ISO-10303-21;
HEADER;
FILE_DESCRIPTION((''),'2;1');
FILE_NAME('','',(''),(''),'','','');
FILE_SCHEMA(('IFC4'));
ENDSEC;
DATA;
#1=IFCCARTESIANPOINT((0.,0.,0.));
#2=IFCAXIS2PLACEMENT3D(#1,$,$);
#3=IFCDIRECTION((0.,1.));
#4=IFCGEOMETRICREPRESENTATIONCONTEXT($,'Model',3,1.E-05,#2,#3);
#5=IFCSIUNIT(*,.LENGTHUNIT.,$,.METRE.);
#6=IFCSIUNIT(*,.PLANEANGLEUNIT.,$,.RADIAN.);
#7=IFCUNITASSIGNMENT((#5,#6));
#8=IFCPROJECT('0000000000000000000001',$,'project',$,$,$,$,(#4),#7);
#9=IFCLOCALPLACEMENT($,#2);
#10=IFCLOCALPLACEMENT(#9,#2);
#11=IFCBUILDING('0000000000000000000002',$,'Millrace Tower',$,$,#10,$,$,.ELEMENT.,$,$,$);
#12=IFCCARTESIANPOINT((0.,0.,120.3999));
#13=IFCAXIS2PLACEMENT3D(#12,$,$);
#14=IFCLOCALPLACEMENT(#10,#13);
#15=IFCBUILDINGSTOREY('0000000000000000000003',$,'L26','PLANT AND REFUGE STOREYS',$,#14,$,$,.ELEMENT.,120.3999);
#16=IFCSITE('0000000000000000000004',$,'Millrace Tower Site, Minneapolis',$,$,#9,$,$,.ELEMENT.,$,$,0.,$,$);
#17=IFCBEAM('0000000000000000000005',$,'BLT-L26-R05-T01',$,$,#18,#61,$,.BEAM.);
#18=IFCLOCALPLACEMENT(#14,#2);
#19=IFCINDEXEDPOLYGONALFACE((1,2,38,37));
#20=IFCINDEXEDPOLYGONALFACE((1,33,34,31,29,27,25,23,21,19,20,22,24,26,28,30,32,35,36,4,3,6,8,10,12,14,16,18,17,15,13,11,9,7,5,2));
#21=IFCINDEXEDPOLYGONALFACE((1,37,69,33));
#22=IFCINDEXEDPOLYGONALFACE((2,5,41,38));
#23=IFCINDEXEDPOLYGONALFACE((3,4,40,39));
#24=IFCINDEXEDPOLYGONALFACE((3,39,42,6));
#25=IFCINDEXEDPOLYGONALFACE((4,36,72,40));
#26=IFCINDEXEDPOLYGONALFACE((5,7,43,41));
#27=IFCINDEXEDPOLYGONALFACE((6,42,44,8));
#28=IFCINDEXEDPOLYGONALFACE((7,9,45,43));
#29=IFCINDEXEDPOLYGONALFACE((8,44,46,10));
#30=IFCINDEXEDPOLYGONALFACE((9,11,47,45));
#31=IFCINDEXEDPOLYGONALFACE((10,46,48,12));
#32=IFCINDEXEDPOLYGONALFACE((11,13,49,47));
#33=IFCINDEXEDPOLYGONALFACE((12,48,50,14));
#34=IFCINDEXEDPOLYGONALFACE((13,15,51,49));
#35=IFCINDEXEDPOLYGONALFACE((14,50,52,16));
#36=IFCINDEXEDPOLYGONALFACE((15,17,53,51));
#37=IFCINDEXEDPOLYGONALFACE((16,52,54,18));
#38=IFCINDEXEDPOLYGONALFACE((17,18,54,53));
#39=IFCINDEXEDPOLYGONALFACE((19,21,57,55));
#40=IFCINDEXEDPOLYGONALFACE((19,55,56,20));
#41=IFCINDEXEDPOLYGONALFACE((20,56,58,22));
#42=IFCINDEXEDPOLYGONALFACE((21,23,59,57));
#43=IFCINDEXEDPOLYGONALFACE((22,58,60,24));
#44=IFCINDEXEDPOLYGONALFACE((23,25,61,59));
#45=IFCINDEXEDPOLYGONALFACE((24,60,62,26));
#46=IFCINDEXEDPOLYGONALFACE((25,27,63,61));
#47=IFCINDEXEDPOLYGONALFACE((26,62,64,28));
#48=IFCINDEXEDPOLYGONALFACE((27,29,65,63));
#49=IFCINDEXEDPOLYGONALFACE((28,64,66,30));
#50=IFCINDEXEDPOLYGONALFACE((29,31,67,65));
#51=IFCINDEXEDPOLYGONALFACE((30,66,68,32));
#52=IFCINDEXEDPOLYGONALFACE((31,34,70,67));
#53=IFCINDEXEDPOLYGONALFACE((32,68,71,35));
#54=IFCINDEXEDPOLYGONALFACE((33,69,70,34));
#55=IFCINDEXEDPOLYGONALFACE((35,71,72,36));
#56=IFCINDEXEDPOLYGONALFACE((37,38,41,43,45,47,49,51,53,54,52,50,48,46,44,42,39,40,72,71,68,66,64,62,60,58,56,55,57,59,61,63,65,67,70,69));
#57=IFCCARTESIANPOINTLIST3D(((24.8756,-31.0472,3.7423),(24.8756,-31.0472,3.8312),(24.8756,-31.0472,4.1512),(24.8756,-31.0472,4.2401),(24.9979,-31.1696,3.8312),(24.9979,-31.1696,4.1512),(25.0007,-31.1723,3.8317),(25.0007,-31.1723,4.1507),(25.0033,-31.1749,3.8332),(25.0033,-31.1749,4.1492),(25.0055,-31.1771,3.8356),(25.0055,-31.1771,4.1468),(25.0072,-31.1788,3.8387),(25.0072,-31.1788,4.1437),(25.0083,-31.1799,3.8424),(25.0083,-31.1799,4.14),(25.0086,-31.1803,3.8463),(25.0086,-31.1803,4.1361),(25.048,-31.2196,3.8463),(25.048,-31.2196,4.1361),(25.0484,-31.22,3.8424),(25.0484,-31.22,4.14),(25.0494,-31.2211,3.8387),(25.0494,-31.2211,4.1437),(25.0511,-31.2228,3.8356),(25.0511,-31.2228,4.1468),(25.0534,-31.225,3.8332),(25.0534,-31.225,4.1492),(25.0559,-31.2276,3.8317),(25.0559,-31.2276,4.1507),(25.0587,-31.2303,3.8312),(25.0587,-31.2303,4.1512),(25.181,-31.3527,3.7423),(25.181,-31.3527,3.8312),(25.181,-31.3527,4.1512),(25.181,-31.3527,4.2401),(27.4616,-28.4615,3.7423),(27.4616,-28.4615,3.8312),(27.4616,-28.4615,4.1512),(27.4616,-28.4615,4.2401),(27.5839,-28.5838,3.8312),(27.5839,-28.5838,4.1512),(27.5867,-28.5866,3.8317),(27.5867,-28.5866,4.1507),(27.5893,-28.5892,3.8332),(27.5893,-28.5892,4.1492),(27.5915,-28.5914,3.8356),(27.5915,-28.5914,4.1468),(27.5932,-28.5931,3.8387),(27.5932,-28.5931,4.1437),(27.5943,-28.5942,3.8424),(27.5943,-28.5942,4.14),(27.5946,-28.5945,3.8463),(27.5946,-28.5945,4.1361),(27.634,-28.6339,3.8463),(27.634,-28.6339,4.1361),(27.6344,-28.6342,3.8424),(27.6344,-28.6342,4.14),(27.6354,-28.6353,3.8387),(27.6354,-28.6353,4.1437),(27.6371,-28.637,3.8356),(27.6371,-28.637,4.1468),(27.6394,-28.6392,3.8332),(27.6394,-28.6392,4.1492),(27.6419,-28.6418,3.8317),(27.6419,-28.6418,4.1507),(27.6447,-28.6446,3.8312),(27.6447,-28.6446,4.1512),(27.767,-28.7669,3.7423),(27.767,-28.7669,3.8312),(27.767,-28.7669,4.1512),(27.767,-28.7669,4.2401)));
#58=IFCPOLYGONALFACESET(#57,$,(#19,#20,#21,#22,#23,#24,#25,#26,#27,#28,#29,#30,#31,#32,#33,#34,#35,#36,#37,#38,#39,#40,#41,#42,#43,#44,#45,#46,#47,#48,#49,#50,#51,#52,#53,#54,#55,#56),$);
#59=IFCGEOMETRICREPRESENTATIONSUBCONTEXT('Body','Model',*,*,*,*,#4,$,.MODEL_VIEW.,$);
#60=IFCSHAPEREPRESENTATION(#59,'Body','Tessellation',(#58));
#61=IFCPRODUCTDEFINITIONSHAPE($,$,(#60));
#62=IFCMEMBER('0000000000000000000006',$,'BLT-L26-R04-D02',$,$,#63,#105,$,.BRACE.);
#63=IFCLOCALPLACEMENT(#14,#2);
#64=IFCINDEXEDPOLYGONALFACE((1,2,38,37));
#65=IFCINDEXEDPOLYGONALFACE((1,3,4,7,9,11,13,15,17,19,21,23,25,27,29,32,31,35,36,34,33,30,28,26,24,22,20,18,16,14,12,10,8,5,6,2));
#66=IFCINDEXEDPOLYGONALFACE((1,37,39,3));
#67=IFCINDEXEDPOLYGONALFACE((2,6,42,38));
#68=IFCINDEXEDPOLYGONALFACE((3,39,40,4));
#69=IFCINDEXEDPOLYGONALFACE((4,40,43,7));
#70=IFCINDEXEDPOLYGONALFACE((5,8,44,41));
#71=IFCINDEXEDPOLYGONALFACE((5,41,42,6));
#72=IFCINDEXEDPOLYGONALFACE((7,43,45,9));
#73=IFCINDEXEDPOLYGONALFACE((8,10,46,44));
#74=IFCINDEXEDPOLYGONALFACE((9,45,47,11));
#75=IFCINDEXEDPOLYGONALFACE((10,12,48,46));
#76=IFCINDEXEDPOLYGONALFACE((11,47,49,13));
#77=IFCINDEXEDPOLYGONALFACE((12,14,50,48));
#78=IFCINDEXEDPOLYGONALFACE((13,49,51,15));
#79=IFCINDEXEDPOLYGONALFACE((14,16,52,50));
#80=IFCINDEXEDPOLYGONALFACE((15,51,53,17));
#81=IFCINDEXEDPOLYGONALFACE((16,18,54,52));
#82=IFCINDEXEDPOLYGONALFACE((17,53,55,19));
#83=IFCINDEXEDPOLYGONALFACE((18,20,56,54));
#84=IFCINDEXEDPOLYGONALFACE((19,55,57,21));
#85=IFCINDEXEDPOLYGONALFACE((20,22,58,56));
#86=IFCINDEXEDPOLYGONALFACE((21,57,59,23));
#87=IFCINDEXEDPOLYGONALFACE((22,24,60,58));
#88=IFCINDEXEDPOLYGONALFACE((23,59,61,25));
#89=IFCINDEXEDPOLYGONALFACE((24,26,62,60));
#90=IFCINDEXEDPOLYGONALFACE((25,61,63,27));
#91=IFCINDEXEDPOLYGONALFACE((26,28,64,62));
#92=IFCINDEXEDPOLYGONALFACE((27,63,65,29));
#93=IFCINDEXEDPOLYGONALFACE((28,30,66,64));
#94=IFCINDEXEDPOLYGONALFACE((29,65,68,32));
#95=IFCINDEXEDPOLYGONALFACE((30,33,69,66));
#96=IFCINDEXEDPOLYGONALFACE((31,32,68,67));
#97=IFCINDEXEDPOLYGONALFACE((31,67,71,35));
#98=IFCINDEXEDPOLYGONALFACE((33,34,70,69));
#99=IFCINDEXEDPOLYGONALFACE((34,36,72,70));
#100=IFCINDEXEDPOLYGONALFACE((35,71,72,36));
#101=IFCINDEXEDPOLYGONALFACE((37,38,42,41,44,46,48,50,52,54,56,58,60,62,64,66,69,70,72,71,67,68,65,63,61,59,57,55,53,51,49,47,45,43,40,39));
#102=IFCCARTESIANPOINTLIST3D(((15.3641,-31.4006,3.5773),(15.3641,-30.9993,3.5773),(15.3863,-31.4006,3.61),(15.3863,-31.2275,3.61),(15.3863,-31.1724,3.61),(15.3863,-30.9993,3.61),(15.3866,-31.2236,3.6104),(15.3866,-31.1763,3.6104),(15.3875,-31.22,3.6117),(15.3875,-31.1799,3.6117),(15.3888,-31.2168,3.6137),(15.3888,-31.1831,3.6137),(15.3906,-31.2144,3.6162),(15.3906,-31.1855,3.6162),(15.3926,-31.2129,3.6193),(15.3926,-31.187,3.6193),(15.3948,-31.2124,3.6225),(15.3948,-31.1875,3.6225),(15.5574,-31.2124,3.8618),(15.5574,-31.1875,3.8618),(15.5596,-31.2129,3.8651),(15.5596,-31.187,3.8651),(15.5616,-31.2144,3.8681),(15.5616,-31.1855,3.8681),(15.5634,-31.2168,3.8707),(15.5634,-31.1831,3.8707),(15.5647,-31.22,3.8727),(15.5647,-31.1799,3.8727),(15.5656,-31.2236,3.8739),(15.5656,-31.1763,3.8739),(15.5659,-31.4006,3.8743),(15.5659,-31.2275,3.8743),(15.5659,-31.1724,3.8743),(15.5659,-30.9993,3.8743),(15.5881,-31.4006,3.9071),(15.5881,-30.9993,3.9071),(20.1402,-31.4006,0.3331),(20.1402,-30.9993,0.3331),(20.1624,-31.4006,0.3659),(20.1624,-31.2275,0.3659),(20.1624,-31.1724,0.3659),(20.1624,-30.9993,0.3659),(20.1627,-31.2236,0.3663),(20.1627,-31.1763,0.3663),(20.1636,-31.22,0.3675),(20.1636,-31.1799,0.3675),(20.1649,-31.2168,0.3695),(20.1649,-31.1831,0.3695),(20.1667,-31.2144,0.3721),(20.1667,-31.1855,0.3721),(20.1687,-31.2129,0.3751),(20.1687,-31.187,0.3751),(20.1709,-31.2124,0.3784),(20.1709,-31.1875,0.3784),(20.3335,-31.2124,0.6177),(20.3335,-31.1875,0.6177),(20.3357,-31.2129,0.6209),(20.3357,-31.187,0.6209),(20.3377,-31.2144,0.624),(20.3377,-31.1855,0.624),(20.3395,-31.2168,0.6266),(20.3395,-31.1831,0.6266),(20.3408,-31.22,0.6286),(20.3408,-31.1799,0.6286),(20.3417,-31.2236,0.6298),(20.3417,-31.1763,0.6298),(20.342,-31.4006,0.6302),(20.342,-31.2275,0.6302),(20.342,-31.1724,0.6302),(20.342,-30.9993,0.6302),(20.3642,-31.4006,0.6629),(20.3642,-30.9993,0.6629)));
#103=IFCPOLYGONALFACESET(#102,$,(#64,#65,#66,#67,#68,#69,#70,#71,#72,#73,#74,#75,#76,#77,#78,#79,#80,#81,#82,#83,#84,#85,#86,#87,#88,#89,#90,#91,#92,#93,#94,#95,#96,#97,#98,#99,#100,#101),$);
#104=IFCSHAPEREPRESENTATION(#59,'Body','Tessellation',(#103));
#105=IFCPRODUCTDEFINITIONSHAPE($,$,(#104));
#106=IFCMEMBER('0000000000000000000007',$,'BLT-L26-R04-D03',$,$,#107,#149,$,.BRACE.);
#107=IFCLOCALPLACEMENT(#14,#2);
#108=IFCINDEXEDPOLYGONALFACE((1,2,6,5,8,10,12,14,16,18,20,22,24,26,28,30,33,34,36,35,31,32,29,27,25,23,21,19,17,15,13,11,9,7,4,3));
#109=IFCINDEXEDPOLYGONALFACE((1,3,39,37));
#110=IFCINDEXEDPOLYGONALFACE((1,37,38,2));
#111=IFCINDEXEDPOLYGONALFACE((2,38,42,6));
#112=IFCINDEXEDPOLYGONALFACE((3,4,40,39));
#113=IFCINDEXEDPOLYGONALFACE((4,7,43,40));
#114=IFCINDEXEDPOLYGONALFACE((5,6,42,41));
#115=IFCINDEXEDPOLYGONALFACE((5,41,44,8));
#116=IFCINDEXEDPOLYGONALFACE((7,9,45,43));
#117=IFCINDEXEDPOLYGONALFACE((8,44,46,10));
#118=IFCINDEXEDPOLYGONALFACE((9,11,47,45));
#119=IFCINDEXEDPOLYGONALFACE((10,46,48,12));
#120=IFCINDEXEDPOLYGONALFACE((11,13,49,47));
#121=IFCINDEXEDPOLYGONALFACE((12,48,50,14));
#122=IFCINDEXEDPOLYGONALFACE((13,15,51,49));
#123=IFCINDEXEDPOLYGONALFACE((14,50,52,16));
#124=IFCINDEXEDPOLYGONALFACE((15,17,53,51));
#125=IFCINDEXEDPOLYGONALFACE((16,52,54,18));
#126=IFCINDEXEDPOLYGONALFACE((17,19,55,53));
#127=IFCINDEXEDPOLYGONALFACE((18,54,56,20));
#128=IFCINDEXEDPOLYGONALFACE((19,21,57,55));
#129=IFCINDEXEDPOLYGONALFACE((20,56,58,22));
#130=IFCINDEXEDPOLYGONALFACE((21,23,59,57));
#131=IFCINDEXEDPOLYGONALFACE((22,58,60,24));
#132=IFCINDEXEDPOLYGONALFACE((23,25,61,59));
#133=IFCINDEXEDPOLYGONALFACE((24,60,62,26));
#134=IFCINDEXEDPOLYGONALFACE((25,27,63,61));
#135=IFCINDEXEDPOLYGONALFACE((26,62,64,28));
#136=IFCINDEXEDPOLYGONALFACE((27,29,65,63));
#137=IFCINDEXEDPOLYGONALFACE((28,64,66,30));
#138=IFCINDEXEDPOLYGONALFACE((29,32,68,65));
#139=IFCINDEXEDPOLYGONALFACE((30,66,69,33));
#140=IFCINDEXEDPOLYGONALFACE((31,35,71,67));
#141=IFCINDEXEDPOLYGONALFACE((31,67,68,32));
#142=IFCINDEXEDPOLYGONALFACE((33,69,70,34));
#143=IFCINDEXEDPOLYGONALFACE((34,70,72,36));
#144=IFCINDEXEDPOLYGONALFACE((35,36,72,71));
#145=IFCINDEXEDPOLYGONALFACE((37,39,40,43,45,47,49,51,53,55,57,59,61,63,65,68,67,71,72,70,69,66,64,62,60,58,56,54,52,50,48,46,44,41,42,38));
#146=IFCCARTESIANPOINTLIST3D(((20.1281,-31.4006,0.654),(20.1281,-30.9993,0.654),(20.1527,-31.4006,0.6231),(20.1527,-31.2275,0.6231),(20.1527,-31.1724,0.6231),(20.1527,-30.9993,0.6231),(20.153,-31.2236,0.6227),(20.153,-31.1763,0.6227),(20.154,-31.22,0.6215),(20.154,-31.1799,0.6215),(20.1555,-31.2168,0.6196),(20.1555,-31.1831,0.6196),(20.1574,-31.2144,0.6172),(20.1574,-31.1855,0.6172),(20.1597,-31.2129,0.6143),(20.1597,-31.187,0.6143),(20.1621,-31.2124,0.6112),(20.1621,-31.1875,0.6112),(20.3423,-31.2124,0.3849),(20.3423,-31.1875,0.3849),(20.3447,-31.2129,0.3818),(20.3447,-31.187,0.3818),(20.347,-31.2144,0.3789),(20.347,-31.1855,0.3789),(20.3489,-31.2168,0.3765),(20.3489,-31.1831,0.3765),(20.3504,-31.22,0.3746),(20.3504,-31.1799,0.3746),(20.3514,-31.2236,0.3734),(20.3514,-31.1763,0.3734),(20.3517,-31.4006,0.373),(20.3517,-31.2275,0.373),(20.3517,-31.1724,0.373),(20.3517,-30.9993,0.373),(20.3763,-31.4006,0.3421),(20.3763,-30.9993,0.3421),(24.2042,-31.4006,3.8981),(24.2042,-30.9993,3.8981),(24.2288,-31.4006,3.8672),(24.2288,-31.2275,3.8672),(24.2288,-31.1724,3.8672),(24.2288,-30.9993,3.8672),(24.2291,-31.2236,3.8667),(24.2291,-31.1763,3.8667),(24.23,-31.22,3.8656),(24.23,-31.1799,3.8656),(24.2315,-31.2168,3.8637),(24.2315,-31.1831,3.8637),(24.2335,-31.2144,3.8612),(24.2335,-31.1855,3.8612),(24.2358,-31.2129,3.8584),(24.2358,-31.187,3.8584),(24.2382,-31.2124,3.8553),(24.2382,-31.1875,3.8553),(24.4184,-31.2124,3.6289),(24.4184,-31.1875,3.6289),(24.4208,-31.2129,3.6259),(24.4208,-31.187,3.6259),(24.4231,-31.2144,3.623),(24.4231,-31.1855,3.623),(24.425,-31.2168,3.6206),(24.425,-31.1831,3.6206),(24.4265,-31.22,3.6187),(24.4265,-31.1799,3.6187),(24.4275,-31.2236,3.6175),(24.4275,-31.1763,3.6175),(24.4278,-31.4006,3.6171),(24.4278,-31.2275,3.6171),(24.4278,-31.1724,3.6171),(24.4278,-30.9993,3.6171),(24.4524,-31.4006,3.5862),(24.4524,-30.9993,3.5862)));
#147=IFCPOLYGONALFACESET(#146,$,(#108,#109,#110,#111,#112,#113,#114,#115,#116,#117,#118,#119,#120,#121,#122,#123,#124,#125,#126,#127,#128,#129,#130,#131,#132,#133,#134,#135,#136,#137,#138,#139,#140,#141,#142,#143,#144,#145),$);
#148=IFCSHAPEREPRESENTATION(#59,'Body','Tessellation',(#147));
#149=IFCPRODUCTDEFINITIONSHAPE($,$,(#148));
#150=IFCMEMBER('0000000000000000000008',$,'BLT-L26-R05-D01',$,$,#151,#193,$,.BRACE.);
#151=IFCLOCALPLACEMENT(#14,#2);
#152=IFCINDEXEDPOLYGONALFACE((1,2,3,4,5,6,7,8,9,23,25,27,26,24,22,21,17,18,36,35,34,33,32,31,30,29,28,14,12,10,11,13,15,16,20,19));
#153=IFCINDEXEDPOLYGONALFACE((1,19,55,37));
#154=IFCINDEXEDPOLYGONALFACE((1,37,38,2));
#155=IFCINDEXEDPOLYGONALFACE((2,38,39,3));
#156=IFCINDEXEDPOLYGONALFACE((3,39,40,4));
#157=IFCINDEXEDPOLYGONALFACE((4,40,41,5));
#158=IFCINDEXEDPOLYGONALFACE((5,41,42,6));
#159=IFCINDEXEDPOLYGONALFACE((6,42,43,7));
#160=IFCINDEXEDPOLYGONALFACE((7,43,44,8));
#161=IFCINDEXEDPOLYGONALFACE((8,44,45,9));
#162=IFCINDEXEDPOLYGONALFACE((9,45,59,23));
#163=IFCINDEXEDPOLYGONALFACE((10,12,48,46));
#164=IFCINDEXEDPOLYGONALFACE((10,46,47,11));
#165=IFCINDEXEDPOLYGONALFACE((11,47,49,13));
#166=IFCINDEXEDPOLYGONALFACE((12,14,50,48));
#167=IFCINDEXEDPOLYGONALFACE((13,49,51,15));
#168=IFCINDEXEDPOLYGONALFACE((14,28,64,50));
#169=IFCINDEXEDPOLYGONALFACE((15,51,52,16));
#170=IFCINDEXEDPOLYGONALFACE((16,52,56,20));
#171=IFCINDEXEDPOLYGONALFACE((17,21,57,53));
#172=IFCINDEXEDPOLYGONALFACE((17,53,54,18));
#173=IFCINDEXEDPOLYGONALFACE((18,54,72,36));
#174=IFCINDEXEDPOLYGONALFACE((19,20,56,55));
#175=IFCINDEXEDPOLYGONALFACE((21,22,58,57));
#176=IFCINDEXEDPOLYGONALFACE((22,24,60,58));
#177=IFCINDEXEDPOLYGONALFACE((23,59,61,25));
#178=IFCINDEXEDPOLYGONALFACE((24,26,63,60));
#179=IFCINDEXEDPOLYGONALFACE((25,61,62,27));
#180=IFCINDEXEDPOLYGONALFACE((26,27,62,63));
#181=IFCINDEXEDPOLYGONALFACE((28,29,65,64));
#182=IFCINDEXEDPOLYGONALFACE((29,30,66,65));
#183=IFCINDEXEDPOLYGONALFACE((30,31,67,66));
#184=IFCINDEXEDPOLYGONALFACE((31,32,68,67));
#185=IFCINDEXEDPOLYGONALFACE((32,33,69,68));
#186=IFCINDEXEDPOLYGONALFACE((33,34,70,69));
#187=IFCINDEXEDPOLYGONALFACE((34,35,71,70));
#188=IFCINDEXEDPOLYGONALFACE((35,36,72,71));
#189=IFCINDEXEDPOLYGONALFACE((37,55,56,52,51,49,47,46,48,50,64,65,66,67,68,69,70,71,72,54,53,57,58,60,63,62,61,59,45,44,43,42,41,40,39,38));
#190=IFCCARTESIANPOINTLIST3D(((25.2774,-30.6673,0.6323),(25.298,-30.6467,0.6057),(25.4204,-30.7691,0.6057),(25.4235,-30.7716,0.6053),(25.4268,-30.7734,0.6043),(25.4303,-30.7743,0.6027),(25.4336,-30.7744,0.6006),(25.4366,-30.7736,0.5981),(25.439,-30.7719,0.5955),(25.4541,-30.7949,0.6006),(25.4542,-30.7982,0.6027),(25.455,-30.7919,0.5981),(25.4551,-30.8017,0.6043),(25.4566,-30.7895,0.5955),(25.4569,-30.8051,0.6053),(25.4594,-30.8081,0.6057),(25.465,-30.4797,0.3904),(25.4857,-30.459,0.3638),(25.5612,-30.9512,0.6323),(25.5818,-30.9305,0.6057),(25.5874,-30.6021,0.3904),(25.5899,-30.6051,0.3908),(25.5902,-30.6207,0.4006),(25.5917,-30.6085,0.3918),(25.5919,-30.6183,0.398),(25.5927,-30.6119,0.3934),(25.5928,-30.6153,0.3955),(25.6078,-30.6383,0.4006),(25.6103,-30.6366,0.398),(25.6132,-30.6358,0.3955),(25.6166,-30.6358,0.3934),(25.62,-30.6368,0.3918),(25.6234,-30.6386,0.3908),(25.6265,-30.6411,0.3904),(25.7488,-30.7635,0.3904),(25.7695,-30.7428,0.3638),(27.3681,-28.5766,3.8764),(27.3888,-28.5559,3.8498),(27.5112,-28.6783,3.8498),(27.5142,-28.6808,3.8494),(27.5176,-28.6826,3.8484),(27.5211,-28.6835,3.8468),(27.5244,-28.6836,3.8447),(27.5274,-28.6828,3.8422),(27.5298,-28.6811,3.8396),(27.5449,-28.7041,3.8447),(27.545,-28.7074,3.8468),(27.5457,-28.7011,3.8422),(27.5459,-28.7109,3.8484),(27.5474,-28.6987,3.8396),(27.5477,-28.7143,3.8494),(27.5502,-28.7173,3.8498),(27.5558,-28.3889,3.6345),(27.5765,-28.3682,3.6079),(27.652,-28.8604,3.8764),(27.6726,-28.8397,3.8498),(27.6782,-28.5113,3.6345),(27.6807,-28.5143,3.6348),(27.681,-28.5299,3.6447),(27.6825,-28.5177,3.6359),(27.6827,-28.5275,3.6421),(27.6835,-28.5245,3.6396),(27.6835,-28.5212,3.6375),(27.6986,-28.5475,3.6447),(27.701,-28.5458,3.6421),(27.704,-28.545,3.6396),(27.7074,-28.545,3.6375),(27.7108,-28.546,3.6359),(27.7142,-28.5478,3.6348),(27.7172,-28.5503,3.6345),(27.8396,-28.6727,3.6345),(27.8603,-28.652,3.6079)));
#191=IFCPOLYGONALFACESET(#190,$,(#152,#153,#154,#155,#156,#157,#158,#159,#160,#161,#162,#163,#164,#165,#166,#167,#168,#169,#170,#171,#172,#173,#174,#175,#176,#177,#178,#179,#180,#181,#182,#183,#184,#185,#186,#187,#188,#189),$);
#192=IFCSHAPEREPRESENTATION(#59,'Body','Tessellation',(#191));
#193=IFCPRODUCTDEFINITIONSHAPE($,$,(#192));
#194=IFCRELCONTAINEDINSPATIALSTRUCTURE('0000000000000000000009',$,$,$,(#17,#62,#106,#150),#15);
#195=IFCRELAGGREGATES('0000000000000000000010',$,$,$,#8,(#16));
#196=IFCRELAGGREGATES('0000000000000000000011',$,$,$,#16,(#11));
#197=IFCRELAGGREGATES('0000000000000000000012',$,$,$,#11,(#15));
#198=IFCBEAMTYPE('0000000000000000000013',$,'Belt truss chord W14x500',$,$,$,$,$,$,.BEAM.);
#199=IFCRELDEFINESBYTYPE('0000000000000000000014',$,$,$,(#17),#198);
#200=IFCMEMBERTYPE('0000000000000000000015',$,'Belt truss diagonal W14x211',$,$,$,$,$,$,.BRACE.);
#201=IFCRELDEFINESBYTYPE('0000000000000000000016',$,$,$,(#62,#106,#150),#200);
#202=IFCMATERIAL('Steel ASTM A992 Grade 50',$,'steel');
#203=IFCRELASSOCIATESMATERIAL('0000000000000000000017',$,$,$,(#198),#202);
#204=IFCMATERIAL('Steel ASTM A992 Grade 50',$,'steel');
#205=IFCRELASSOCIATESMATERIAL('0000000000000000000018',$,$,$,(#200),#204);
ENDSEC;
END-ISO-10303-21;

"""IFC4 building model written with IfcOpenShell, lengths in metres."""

from ifc_helpers import new_model, si_unit, direction, frame, origin, origin_2d, place, context, subcontext, project, spatial, i_section, extrude, material, material_profile, profile_set, type_object, element, save


model = new_model("IFC4")

# Units and contexts
model_context = context("Model", 3, precision=1e-05, world=origin(), true_north=direction((0.0, 1.0)))
body_context = subcontext(model_context, "Body", "Model", "MODEL_VIEW")
ifc_project = project(units=[si_unit("LENGTHUNIT", "METRE"), si_unit("PLANEANGLEUNIT", "RADIAN")], contexts=[model_context])

# Site, building, storey
site_placement = place(None, origin())
site = spatial("IfcSite", under=ifc_project, at=site_placement, Name="Millrace Tower Site, Minneapolis", CompositionType="ELEMENT", RefElevation=0.0)
building_placement = place(site_placement, origin())
building = spatial("IfcBuilding", under=site, at=building_placement, Name="Millrace Tower", CompositionType="ELEMENT")
storey_placement = place(building_placement, frame((0.0, 0.0, 120.3999)))
storey = spatial("IfcBuildingStorey", under=building, at=storey_placement, Name="L26", Description="PLANT AND REFUGE STOREYS", CompositionType="ELEMENT", Elevation=120.3999)

# Beam
ifc_material_1 = material(Name="Steel ASTM A992 Grade 50", Category="steel")
ifc_material_profile_1 = material_profile(ifc_material_1, i_section(OverallWidth=0.4319, OverallDepth=0.4978, WebThickness=0.0557, FlangeThickness=0.0889, FilletRadius=0.0151, at=origin_2d()))
ifc_profile_set_1 = profile_set([ifc_material_profile_1], Name="Steel ASTM A992 Grade 50")
beam_type_1 = type_object("IfcBeamType", Name="Belt truss chord W14x500", PredefinedType="BEAM", material=ifc_profile_set_1)
for number, where, z_axis, x_axis, name in (
    (1, (25.0283, -31.2, 3.9912), (0.70714, 0.707073, 0.0), (-0.707073, 0.70714, 0.0), "BLT-L26-R05-T01"),
):
    element("IfcBeam", number, at=place(storey_placement, frame(where, z_axis=z_axis, x_axis=x_axis)), inside=storey, type_object=beam_type_1, Name=name, PredefinedType="BEAM", context=body_context, shape_type="SweptSolid", body=[
        extrude(i_section(OverallWidth=0.4319, OverallDepth=0.4978, WebThickness=0.0557, FlangeThickness=0.0889, FilletRadius=0.0151, at=origin_2d()), origin(), (0.0, 0.0, 1.0), 3.657),
    ])

# Members
ifc_material_2 = material(Name="Steel ASTM A992 Grade 50", Category="steel")
ifc_material_profile_2 = material_profile(ifc_material_2, i_section(OverallWidth=0.4014, OverallDepth=0.3987, WebThickness=0.0249, FlangeThickness=0.0396, FilletRadius=0.0151, at=origin_2d()))
ifc_profile_set_2 = profile_set([ifc_material_profile_2], Name="Steel ASTM A992 Grade 50")
member_type_1 = type_object("IfcMemberType", Name="Belt truss diagonal W14x211", PredefinedType="BRACE", material=ifc_profile_set_2)
member_1_placement = place(storey_placement, frame((20.2522, -31.2, 0.498), z_axis=(-0.827218, 0.0, 0.561881), x_axis=(0.0, -1.0, 0.0)))
element("IfcMember", 2, at=member_1_placement, inside=storey, type_object=member_type_1, Name="BLT-L26-R04-D02", PredefinedType="BRACE", context=body_context, shape_type="SweptSolid", body=[
    extrude(i_section(OverallWidth=0.4014, OverallDepth=0.3987, WebThickness=0.0249, FlangeThickness=0.0396, FilletRadius=0.0151, at=origin_2d()), origin(), (0.0, 0.0, 1.0), 5.7737),
])
member_2_placement = place(storey_placement, frame((20.2522, -31.2, 0.498), z_axis=(0.782439, 0.0, 0.622727), x_axis=(0.0, 1.0, 0.0)))
element("IfcMember", 3, at=member_2_placement, inside=storey, type_object=member_type_1, Name="BLT-L26-R04-D03", PredefinedType="BRACE", context=body_context, shape_type="SweptSolid", body=[
    extrude(i_section(OverallWidth=0.4014, OverallDepth=0.3987, WebThickness=0.0249, FlangeThickness=0.0396, FilletRadius=0.0151, at=origin_2d()), origin(), (0.0, 0.0, 1.0), 5.2095),
])
member_3_placement = place(storey_placement, frame((25.5234, -30.7051, 0.498), z_axis=(0.476326, 0.476326, 0.739072), x_axis=(-0.707107, 0.707107, 0.0)))
element("IfcMember", 4, at=member_3_placement, inside=storey, type_object=member_type_1, Name="BLT-L26-R05-D01", PredefinedType="BRACE", context=body_context, shape_type="SweptSolid", body=[
    extrude(i_section(OverallWidth=0.4014, OverallDepth=0.3987, WebThickness=0.0249, FlangeThickness=0.0396, FilletRadius=0.0151, at=origin_2d()), origin(), (0.0, 0.0, 1.0), 4.3894),
])

save(model, "model.ifc")
